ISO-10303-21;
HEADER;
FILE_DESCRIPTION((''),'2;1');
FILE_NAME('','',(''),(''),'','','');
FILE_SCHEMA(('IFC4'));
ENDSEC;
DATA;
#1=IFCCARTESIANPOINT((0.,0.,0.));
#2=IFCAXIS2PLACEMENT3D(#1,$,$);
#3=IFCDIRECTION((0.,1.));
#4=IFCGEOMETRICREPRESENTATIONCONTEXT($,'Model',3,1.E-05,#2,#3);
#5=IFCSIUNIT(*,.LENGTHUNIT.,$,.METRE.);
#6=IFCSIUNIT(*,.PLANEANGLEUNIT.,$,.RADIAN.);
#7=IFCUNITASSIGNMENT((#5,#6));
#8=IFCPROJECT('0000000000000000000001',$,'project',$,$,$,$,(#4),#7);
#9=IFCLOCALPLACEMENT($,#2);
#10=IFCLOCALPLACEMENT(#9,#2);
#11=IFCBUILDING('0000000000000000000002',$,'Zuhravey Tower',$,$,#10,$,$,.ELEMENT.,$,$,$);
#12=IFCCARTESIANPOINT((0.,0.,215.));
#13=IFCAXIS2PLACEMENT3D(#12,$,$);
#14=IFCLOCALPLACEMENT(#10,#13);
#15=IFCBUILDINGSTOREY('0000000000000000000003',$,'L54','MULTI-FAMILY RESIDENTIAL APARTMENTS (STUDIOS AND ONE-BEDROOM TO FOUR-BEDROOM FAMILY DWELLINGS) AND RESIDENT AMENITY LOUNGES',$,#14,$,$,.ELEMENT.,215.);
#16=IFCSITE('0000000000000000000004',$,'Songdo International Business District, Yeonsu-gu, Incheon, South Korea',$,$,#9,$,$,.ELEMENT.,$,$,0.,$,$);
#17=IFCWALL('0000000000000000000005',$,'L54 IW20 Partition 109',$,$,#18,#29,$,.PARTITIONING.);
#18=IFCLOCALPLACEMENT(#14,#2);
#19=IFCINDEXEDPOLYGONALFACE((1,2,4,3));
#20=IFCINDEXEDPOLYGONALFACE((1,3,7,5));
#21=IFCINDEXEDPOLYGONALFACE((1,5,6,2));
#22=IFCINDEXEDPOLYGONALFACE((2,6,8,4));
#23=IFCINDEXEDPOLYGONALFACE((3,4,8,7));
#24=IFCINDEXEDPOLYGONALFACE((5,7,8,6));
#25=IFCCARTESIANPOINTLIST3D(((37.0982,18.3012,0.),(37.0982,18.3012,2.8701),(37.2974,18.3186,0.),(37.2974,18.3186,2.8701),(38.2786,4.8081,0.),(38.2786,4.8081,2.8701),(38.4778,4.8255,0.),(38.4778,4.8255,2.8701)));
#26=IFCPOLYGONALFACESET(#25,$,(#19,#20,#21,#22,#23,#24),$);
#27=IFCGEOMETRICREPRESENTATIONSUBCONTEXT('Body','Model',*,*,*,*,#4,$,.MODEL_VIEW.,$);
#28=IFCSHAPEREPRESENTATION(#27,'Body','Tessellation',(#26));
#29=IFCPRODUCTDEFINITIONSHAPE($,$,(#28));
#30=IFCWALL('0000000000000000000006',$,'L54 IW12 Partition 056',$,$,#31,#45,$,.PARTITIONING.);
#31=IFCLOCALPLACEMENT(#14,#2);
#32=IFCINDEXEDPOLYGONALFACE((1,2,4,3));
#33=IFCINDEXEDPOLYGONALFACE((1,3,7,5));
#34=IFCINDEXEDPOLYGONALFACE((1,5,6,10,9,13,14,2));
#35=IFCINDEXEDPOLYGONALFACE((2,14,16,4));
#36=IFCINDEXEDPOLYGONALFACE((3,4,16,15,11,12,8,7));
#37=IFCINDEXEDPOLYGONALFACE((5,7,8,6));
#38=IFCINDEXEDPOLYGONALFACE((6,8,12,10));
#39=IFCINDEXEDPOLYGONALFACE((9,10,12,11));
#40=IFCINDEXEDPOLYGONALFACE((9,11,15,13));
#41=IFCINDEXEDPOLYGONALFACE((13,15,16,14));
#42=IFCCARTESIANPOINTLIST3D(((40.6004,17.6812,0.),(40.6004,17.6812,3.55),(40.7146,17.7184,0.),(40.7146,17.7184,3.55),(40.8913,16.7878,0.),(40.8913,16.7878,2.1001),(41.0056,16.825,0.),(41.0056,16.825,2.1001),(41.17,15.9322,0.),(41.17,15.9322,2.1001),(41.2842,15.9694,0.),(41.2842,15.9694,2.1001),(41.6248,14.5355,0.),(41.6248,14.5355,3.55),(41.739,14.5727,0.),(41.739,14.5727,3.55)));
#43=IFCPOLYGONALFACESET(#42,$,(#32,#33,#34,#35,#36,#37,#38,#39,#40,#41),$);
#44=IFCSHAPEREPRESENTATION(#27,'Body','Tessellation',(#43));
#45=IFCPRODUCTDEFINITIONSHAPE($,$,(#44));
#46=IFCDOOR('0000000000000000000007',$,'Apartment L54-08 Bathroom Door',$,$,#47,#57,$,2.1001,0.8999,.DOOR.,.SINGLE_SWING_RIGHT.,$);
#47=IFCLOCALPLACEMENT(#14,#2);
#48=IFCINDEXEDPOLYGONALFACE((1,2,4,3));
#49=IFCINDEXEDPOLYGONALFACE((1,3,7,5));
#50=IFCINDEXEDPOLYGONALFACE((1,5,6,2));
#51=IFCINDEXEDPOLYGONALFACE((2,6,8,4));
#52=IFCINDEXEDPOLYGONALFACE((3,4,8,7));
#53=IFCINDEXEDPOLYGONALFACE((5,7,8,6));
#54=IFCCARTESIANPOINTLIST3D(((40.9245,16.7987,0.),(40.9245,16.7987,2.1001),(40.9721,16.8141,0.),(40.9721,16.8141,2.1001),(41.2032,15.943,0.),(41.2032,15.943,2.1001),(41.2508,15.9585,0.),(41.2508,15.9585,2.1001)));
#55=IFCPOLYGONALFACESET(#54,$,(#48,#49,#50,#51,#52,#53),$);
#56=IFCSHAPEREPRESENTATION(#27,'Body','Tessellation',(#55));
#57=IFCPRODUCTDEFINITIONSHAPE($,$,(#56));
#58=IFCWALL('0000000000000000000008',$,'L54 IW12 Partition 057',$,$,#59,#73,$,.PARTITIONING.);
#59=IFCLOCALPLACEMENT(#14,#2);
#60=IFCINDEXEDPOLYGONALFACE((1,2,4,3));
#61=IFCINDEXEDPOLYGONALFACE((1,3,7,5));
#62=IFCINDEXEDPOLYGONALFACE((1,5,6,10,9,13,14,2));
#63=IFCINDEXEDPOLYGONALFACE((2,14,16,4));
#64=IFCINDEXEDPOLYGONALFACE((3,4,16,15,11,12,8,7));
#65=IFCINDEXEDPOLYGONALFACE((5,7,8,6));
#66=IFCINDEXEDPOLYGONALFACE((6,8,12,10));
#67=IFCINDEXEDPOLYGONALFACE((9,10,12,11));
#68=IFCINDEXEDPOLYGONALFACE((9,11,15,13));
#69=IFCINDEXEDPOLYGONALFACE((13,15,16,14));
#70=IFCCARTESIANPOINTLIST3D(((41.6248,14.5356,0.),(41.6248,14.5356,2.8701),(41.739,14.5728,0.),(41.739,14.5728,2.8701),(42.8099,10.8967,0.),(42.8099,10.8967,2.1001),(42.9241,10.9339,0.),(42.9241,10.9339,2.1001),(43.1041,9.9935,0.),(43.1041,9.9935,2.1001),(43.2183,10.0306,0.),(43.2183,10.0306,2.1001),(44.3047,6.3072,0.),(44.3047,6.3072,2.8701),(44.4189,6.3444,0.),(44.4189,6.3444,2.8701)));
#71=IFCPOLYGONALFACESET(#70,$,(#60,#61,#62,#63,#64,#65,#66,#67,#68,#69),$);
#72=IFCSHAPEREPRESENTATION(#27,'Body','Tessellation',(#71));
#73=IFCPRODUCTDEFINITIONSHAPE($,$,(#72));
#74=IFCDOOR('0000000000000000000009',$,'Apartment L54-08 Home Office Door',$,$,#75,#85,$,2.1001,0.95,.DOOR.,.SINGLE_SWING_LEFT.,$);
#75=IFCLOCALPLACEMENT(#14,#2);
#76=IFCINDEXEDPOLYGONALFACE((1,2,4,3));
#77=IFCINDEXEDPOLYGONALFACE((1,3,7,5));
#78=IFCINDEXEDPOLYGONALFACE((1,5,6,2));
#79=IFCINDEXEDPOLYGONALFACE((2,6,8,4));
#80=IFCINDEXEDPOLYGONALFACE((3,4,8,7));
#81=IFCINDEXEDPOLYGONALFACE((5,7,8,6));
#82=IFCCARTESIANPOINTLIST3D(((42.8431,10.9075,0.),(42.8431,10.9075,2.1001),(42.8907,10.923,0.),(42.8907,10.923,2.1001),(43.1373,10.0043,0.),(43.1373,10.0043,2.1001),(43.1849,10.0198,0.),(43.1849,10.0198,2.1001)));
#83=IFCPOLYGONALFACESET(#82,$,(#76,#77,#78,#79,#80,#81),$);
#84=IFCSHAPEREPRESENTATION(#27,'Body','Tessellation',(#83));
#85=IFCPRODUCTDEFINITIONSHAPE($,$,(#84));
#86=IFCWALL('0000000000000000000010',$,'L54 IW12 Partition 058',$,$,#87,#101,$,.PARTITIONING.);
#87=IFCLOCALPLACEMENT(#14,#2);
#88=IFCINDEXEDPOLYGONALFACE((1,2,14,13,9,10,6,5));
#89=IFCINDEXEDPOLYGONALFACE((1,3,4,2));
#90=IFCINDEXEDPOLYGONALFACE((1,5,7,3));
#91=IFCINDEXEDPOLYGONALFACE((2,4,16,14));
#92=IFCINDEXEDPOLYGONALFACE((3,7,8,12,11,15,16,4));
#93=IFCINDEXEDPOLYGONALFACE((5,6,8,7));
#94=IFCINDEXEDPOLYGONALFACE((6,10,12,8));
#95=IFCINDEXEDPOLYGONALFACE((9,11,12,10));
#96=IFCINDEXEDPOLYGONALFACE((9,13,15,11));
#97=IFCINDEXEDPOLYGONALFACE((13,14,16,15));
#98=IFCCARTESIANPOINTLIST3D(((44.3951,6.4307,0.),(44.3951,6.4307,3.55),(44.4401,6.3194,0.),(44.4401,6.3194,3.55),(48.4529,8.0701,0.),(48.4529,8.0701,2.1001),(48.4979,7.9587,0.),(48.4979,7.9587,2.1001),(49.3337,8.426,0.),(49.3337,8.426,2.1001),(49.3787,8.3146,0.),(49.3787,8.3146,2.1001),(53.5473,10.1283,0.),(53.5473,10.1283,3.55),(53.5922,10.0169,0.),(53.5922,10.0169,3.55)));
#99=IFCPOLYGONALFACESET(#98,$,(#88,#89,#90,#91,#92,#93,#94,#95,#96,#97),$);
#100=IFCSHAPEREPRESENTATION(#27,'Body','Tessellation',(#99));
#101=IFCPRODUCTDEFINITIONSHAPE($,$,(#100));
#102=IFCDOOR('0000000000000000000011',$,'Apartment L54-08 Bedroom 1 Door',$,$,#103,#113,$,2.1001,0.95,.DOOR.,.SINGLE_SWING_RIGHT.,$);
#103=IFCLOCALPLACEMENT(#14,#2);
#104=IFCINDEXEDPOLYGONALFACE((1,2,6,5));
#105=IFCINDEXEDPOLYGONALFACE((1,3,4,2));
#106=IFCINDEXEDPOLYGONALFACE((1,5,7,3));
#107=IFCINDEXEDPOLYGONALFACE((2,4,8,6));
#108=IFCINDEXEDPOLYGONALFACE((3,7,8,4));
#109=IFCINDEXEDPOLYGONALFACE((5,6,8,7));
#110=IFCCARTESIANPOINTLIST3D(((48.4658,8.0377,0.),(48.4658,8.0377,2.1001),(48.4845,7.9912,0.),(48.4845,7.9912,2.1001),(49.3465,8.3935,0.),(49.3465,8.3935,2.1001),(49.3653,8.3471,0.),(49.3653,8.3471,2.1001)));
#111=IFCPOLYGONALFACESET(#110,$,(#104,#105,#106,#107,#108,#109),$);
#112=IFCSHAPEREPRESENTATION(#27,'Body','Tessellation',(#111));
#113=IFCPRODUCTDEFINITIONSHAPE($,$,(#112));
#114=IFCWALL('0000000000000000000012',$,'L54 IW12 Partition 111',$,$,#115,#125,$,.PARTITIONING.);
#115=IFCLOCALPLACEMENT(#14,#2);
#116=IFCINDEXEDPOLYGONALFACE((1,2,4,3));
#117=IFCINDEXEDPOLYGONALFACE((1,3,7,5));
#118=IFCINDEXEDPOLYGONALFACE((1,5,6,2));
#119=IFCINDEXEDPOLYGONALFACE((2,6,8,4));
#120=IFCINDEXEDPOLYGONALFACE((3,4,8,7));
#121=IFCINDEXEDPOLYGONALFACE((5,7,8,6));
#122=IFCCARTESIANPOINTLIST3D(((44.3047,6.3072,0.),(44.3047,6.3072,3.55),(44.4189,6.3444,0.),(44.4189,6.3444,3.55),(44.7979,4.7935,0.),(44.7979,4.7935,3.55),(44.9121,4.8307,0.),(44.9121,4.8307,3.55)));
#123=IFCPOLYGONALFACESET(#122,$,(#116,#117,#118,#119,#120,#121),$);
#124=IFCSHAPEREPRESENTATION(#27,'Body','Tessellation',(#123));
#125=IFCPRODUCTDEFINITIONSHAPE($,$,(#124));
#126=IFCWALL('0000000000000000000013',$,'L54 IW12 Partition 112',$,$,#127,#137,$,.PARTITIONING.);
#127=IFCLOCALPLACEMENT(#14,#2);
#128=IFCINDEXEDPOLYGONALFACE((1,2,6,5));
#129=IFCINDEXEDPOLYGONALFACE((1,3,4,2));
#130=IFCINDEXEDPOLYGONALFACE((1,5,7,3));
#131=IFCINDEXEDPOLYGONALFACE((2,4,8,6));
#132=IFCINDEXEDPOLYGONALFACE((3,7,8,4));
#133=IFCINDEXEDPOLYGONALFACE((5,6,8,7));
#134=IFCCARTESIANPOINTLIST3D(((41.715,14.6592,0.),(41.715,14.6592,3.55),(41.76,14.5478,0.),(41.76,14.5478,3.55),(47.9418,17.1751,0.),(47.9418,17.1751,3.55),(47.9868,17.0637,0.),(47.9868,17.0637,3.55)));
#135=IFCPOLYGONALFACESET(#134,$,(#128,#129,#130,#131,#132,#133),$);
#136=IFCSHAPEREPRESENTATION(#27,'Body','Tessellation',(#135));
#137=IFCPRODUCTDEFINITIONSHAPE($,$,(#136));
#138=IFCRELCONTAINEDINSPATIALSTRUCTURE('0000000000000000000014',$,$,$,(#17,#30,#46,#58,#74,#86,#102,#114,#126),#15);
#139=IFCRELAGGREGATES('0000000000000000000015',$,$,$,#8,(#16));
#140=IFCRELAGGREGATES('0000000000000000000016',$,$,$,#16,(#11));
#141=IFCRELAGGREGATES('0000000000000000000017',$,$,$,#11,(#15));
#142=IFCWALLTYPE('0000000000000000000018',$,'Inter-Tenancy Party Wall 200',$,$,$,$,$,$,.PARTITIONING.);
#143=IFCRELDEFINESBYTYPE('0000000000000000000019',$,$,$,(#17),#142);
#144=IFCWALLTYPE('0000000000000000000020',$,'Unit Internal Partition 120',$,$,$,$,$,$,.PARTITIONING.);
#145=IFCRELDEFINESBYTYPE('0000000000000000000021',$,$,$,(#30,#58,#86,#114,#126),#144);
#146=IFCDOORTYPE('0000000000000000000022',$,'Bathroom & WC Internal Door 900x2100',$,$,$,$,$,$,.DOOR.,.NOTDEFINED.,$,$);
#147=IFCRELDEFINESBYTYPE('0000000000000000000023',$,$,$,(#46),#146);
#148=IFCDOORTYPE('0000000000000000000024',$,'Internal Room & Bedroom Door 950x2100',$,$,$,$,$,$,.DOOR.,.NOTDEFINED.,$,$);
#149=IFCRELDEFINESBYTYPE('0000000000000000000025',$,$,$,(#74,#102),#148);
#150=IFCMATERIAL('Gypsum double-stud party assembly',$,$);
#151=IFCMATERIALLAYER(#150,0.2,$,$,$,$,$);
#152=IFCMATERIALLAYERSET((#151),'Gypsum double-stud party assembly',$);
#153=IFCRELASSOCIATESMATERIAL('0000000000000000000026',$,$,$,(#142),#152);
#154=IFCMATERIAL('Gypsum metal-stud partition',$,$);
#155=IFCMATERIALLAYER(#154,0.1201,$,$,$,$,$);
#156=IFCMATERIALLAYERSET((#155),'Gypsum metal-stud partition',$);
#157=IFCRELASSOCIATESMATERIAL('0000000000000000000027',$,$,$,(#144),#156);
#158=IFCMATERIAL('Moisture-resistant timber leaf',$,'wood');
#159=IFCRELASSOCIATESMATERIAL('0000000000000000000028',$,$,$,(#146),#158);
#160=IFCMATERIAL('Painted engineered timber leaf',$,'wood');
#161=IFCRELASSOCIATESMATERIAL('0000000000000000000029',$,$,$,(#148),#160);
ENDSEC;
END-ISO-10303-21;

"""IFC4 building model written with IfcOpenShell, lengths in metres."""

from ifc_helpers import new_model, si_unit, direction, frame, frame_2d, origin, place, context, subcontext, project, spatial, rectangle, extrude, material, layer, layer_set, type_object, element, fill, save


model = new_model("IFC4")

# Units and contexts
model_context = context("Model", 3, precision=1e-05, world=origin(), true_north=direction((0.0, 1.0)))
body_context = subcontext(model_context, "Body", "Model", "MODEL_VIEW")
ifc_project = project(units=[si_unit("LENGTHUNIT", "METRE"), si_unit("PLANEANGLEUNIT", "RADIAN")], contexts=[model_context])

# Site, building, storey
site_placement = place(None, origin())
site = spatial("IfcSite", under=ifc_project, at=site_placement, Name="Songdo International Business District, Yeonsu-gu, Incheon, South Korea", CompositionType="ELEMENT", RefElevation=0.0)
building_placement = place(site_placement, origin())
building = spatial("IfcBuilding", under=site, at=building_placement, Name="Zuhravey Tower", CompositionType="ELEMENT")
storey_placement = place(building_placement, frame((0.0, 0.0, 215.0)))
storey = spatial("IfcBuildingStorey", under=building, at=storey_placement, Name="L54", Description="MULTI-FAMILY RESIDENTIAL APARTMENTS (STUDIOS AND ONE-BEDROOM TO FOUR-BEDROOM FAMILY DWELLINGS) AND RESIDENT AMENITY LOUNGES", CompositionType="ELEMENT", Elevation=215.0)

# Wall
ifc_material_1 = material(Name="Gypsum double-stud party assembly")
ifc_layer_1 = layer(ifc_material_1, 0.2)
ifc_layer_set_1 = layer_set([ifc_layer_1], Name="Gypsum double-stud party assembly")
wall_type_1 = type_object("IfcWallType", Name="Inter-Tenancy Party Wall 200", PredefinedType="PARTITIONING", material=ifc_layer_set_1)
wall_1_placement = place(storey_placement, frame((37.1978, 18.3101, 0.0), z_axis=(0.0, 0.0, 1.0), x_axis=(0.08715, -0.996195, 0.0)))
element("IfcWall", 1, at=wall_1_placement, inside=storey, type_object=wall_type_1, Name="L54 IW20 Partition 109", PredefinedType="PARTITIONING", context=body_context, shape_type="SweptSolid", body=[
    extrude(rectangle(XDim=13.5447, YDim=0.2, at=frame_2d((6.7725, 0.0))), origin(), (0.0, 0.0, 1.0), 2.8701),
])

# Walls, openings, doors
ifc_material_2 = material(Name="Gypsum metal-stud partition")
ifc_layer_2 = layer(ifc_material_2, 0.1201)
ifc_layer_set_2 = layer_set([ifc_layer_2], Name="Gypsum metal-stud partition")
wall_type_2 = type_object("IfcWallType", Name="Unit Internal Partition 120", PredefinedType="PARTITIONING", material=ifc_layer_set_2)
wall_2_placement = place(storey_placement, frame((40.6575, 17.7, 0.0), z_axis=(0.0, 0.0, 1.0), x_axis=(0.309645, -0.950852, 0.0)))
wall_2 = element("IfcWall", 2, at=wall_2_placement, inside=storey, type_object=wall_type_2, Name="L54 IW12 Partition 056", PredefinedType="PARTITIONING", context=body_context, shape_type="SweptSolid", body=[
    extrude(rectangle(XDim=3.3083, YDim=0.1201, at=frame_2d((1.6543, 0.0))), origin(), (0.0, 0.0, 1.0), 3.55),
])
opening_1_placement = place(wall_2_placement, frame((0.9397, 0.0, 0.0)))
opening_1 = element("IfcOpeningElement", 3, at=opening_1_placement, cuts=wall_2, PredefinedType="OPENING", context=body_context, shape_type="SweptSolid", body=[
    extrude(rectangle(XDim=0.8999, YDim=2.1001, at=frame_2d((0.45, 1.05))), frame((0.0, 0.072, 0.0), z_axis=(0.0, -1.0, 0.0), x_axis=(1.0, 0.0, 0.0)), (0.0, 0.0, 1.0), 0.144),
])
ifc_material_3 = material(Name="Moisture-resistant timber leaf", Category="wood")
door_type_1 = type_object("IfcDoorType", Name="Bathroom & WC Internal Door 900x2100", OperationType="NOTDEFINED", PredefinedType="DOOR", material=ifc_material_3)
door_1_placement = place(opening_1_placement, origin())
door_1 = element("IfcDoor", 4, at=door_1_placement, inside=storey, type_object=door_type_1, Name="Apartment L54-08 Bathroom Door", OperationType="SINGLE_SWING_RIGHT", OverallHeight=2.1001, OverallWidth=0.8999, PredefinedType="DOOR", context=body_context, shape_type="SweptSolid", body=[
    extrude(rectangle(XDim=0.8999, YDim=2.1001, at=frame_2d((0.45, 1.05))), frame((0.0, 0.0249, 0.0), z_axis=(0.0, -1.0, 0.0), x_axis=(1.0, 0.0, 0.0)), (0.0, 0.0, 1.0), 0.05),
])
fill(opening_1, door_1)
wall_3_placement = place(storey_placement, frame((41.6819, 14.5542, 0.0), z_axis=(0.0, 0.0, 1.0), x_axis=(0.309678, -0.950841, 0.0)))
wall_3 = element("IfcWall", 5, at=wall_3_placement, inside=storey, type_object=wall_type_2, Name="L54 IW12 Partition 057", PredefinedType="PARTITIONING", context=body_context, shape_type="SweptSolid", body=[
    extrude(rectangle(XDim=8.6538, YDim=0.1201, at=frame_2d((4.3269, 0.0))), origin(), (0.0, 0.0, 1.0), 2.8701),
])
opening_2_placement = place(wall_3_placement, frame((3.8269, 0.0, 0.0)))
opening_2 = element("IfcOpeningElement", 6, at=opening_2_placement, cuts=wall_3, PredefinedType="OPENING", context=body_context, shape_type="SweptSolid", body=[
    extrude(rectangle(XDim=0.95, YDim=2.1001, at=frame_2d((0.4751, 1.05))), frame((0.0, 0.072, 0.0), z_axis=(0.0, -1.0, 0.0), x_axis=(1.0, 0.0, 0.0)), (0.0, 0.0, 1.0), 0.144),
])
ifc_material_4 = material(Name="Painted engineered timber leaf", Category="wood")
door_type_2 = type_object("IfcDoorType", Name="Internal Room & Bedroom Door 950x2100", OperationType="NOTDEFINED", PredefinedType="DOOR", material=ifc_material_4)
door_2_placement = place(opening_2_placement, origin())
door_2 = element("IfcDoor", 7, at=door_2_placement, inside=storey, type_object=door_type_2, Name="Apartment L54-08 Home Office Door", OperationType="SINGLE_SWING_LEFT", OverallHeight=2.1001, OverallWidth=0.95, PredefinedType="DOOR", context=body_context, shape_type="SweptSolid", body=[
    extrude(rectangle(XDim=0.95, YDim=2.1001, at=frame_2d((0.4751, 1.05))), frame((0.0, 0.0249, 0.0), z_axis=(0.0, -1.0, 0.0), x_axis=(1.0, 0.0, 0.0)), (0.0, 0.0, 1.0), 0.05),
])
fill(opening_2, door_2)
wall_4_placement = place(storey_placement, frame((44.4175, 6.375, 0.0), z_axis=(0.0, 0.0, 1.0), x_axis=(0.92719, 0.374591, 0.0)))
wall_4 = element("IfcWall", 8, at=wall_4_placement, inside=storey, type_object=wall_type_2, Name="L54 IW12 Partition 058", PredefinedType="PARTITIONING", context=body_context, shape_type="SweptSolid", body=[
    extrude(rectangle(XDim=9.8708, YDim=0.1201, at=frame_2d((4.9355, 0.0))), origin(), (0.0, 0.0, 1.0), 3.55),
])
opening_3_placement = place(wall_4_placement, frame((4.3765, 0.0, 0.0)))
opening_3 = element("IfcOpeningElement", 9, at=opening_3_placement, cuts=wall_4, PredefinedType="OPENING", context=body_context, shape_type="SweptSolid", body=[
    extrude(rectangle(XDim=0.95, YDim=2.1001, at=frame_2d((0.4751, 1.05))), frame((0.0, 0.072, 0.0), z_axis=(0.0, -1.0, 0.0), x_axis=(1.0, 0.0, 0.0)), (0.0, 0.0, 1.0), 0.144),
])
door_3_placement = place(opening_3_placement, frame((0.95, 0.0, 0.0), z_axis=(0.0, 0.0, 1.0), x_axis=(-1.0, 0.0, 0.0)))
door_3 = element("IfcDoor", 10, at=door_3_placement, inside=storey, type_object=door_type_2, Name="Apartment L54-08 Bedroom 1 Door", OperationType="SINGLE_SWING_RIGHT", OverallHeight=2.1001, OverallWidth=0.95, PredefinedType="DOOR", context=body_context, shape_type="SweptSolid", body=[
    extrude(rectangle(XDim=0.95, YDim=2.1001, at=frame_2d((0.4751, 1.05))), frame((0.0, 0.0249, 0.0), z_axis=(0.0, -1.0, 0.0), x_axis=(1.0, 0.0, 0.0)), (0.0, 0.0, 1.0), 0.05),
])
fill(opening_3, door_3)

# Walls
wall_5_placement = place(storey_placement, frame((44.3618, 6.3257, 0.0), z_axis=(0.0, 0.0, 1.0), x_axis=(0.30978, -0.950808, 0.0)))
element("IfcWall", 11, at=wall_5_placement, inside=storey, type_object=wall_type_2, Name="L54 IW12 Partition 111", PredefinedType="PARTITIONING", context=body_context, shape_type="SweptSolid", body=[
    extrude(rectangle(XDim=1.592, YDim=0.1201, at=frame_2d((0.7959, 0.0))), origin(), (0.0, 0.0, 1.0), 3.55),
])
wall_6_placement = place(storey_placement, frame((41.7375, 14.6035, 0.0), z_axis=(0.0, 0.0, 1.0), x_axis=(0.92718, 0.374616, 0.0)))
element("IfcWall", 12, at=wall_6_placement, inside=storey, type_object=wall_type_2, Name="L54 IW12 Partition 112", PredefinedType="PARTITIONING", context=body_context, shape_type="SweptSolid", body=[
    extrude(rectangle(XDim=6.7158, YDim=0.1201, at=frame_2d((3.3579, 0.0))), origin(), (0.0, 0.0, 1.0), 3.55),
])

save(model, "model.ifc")
